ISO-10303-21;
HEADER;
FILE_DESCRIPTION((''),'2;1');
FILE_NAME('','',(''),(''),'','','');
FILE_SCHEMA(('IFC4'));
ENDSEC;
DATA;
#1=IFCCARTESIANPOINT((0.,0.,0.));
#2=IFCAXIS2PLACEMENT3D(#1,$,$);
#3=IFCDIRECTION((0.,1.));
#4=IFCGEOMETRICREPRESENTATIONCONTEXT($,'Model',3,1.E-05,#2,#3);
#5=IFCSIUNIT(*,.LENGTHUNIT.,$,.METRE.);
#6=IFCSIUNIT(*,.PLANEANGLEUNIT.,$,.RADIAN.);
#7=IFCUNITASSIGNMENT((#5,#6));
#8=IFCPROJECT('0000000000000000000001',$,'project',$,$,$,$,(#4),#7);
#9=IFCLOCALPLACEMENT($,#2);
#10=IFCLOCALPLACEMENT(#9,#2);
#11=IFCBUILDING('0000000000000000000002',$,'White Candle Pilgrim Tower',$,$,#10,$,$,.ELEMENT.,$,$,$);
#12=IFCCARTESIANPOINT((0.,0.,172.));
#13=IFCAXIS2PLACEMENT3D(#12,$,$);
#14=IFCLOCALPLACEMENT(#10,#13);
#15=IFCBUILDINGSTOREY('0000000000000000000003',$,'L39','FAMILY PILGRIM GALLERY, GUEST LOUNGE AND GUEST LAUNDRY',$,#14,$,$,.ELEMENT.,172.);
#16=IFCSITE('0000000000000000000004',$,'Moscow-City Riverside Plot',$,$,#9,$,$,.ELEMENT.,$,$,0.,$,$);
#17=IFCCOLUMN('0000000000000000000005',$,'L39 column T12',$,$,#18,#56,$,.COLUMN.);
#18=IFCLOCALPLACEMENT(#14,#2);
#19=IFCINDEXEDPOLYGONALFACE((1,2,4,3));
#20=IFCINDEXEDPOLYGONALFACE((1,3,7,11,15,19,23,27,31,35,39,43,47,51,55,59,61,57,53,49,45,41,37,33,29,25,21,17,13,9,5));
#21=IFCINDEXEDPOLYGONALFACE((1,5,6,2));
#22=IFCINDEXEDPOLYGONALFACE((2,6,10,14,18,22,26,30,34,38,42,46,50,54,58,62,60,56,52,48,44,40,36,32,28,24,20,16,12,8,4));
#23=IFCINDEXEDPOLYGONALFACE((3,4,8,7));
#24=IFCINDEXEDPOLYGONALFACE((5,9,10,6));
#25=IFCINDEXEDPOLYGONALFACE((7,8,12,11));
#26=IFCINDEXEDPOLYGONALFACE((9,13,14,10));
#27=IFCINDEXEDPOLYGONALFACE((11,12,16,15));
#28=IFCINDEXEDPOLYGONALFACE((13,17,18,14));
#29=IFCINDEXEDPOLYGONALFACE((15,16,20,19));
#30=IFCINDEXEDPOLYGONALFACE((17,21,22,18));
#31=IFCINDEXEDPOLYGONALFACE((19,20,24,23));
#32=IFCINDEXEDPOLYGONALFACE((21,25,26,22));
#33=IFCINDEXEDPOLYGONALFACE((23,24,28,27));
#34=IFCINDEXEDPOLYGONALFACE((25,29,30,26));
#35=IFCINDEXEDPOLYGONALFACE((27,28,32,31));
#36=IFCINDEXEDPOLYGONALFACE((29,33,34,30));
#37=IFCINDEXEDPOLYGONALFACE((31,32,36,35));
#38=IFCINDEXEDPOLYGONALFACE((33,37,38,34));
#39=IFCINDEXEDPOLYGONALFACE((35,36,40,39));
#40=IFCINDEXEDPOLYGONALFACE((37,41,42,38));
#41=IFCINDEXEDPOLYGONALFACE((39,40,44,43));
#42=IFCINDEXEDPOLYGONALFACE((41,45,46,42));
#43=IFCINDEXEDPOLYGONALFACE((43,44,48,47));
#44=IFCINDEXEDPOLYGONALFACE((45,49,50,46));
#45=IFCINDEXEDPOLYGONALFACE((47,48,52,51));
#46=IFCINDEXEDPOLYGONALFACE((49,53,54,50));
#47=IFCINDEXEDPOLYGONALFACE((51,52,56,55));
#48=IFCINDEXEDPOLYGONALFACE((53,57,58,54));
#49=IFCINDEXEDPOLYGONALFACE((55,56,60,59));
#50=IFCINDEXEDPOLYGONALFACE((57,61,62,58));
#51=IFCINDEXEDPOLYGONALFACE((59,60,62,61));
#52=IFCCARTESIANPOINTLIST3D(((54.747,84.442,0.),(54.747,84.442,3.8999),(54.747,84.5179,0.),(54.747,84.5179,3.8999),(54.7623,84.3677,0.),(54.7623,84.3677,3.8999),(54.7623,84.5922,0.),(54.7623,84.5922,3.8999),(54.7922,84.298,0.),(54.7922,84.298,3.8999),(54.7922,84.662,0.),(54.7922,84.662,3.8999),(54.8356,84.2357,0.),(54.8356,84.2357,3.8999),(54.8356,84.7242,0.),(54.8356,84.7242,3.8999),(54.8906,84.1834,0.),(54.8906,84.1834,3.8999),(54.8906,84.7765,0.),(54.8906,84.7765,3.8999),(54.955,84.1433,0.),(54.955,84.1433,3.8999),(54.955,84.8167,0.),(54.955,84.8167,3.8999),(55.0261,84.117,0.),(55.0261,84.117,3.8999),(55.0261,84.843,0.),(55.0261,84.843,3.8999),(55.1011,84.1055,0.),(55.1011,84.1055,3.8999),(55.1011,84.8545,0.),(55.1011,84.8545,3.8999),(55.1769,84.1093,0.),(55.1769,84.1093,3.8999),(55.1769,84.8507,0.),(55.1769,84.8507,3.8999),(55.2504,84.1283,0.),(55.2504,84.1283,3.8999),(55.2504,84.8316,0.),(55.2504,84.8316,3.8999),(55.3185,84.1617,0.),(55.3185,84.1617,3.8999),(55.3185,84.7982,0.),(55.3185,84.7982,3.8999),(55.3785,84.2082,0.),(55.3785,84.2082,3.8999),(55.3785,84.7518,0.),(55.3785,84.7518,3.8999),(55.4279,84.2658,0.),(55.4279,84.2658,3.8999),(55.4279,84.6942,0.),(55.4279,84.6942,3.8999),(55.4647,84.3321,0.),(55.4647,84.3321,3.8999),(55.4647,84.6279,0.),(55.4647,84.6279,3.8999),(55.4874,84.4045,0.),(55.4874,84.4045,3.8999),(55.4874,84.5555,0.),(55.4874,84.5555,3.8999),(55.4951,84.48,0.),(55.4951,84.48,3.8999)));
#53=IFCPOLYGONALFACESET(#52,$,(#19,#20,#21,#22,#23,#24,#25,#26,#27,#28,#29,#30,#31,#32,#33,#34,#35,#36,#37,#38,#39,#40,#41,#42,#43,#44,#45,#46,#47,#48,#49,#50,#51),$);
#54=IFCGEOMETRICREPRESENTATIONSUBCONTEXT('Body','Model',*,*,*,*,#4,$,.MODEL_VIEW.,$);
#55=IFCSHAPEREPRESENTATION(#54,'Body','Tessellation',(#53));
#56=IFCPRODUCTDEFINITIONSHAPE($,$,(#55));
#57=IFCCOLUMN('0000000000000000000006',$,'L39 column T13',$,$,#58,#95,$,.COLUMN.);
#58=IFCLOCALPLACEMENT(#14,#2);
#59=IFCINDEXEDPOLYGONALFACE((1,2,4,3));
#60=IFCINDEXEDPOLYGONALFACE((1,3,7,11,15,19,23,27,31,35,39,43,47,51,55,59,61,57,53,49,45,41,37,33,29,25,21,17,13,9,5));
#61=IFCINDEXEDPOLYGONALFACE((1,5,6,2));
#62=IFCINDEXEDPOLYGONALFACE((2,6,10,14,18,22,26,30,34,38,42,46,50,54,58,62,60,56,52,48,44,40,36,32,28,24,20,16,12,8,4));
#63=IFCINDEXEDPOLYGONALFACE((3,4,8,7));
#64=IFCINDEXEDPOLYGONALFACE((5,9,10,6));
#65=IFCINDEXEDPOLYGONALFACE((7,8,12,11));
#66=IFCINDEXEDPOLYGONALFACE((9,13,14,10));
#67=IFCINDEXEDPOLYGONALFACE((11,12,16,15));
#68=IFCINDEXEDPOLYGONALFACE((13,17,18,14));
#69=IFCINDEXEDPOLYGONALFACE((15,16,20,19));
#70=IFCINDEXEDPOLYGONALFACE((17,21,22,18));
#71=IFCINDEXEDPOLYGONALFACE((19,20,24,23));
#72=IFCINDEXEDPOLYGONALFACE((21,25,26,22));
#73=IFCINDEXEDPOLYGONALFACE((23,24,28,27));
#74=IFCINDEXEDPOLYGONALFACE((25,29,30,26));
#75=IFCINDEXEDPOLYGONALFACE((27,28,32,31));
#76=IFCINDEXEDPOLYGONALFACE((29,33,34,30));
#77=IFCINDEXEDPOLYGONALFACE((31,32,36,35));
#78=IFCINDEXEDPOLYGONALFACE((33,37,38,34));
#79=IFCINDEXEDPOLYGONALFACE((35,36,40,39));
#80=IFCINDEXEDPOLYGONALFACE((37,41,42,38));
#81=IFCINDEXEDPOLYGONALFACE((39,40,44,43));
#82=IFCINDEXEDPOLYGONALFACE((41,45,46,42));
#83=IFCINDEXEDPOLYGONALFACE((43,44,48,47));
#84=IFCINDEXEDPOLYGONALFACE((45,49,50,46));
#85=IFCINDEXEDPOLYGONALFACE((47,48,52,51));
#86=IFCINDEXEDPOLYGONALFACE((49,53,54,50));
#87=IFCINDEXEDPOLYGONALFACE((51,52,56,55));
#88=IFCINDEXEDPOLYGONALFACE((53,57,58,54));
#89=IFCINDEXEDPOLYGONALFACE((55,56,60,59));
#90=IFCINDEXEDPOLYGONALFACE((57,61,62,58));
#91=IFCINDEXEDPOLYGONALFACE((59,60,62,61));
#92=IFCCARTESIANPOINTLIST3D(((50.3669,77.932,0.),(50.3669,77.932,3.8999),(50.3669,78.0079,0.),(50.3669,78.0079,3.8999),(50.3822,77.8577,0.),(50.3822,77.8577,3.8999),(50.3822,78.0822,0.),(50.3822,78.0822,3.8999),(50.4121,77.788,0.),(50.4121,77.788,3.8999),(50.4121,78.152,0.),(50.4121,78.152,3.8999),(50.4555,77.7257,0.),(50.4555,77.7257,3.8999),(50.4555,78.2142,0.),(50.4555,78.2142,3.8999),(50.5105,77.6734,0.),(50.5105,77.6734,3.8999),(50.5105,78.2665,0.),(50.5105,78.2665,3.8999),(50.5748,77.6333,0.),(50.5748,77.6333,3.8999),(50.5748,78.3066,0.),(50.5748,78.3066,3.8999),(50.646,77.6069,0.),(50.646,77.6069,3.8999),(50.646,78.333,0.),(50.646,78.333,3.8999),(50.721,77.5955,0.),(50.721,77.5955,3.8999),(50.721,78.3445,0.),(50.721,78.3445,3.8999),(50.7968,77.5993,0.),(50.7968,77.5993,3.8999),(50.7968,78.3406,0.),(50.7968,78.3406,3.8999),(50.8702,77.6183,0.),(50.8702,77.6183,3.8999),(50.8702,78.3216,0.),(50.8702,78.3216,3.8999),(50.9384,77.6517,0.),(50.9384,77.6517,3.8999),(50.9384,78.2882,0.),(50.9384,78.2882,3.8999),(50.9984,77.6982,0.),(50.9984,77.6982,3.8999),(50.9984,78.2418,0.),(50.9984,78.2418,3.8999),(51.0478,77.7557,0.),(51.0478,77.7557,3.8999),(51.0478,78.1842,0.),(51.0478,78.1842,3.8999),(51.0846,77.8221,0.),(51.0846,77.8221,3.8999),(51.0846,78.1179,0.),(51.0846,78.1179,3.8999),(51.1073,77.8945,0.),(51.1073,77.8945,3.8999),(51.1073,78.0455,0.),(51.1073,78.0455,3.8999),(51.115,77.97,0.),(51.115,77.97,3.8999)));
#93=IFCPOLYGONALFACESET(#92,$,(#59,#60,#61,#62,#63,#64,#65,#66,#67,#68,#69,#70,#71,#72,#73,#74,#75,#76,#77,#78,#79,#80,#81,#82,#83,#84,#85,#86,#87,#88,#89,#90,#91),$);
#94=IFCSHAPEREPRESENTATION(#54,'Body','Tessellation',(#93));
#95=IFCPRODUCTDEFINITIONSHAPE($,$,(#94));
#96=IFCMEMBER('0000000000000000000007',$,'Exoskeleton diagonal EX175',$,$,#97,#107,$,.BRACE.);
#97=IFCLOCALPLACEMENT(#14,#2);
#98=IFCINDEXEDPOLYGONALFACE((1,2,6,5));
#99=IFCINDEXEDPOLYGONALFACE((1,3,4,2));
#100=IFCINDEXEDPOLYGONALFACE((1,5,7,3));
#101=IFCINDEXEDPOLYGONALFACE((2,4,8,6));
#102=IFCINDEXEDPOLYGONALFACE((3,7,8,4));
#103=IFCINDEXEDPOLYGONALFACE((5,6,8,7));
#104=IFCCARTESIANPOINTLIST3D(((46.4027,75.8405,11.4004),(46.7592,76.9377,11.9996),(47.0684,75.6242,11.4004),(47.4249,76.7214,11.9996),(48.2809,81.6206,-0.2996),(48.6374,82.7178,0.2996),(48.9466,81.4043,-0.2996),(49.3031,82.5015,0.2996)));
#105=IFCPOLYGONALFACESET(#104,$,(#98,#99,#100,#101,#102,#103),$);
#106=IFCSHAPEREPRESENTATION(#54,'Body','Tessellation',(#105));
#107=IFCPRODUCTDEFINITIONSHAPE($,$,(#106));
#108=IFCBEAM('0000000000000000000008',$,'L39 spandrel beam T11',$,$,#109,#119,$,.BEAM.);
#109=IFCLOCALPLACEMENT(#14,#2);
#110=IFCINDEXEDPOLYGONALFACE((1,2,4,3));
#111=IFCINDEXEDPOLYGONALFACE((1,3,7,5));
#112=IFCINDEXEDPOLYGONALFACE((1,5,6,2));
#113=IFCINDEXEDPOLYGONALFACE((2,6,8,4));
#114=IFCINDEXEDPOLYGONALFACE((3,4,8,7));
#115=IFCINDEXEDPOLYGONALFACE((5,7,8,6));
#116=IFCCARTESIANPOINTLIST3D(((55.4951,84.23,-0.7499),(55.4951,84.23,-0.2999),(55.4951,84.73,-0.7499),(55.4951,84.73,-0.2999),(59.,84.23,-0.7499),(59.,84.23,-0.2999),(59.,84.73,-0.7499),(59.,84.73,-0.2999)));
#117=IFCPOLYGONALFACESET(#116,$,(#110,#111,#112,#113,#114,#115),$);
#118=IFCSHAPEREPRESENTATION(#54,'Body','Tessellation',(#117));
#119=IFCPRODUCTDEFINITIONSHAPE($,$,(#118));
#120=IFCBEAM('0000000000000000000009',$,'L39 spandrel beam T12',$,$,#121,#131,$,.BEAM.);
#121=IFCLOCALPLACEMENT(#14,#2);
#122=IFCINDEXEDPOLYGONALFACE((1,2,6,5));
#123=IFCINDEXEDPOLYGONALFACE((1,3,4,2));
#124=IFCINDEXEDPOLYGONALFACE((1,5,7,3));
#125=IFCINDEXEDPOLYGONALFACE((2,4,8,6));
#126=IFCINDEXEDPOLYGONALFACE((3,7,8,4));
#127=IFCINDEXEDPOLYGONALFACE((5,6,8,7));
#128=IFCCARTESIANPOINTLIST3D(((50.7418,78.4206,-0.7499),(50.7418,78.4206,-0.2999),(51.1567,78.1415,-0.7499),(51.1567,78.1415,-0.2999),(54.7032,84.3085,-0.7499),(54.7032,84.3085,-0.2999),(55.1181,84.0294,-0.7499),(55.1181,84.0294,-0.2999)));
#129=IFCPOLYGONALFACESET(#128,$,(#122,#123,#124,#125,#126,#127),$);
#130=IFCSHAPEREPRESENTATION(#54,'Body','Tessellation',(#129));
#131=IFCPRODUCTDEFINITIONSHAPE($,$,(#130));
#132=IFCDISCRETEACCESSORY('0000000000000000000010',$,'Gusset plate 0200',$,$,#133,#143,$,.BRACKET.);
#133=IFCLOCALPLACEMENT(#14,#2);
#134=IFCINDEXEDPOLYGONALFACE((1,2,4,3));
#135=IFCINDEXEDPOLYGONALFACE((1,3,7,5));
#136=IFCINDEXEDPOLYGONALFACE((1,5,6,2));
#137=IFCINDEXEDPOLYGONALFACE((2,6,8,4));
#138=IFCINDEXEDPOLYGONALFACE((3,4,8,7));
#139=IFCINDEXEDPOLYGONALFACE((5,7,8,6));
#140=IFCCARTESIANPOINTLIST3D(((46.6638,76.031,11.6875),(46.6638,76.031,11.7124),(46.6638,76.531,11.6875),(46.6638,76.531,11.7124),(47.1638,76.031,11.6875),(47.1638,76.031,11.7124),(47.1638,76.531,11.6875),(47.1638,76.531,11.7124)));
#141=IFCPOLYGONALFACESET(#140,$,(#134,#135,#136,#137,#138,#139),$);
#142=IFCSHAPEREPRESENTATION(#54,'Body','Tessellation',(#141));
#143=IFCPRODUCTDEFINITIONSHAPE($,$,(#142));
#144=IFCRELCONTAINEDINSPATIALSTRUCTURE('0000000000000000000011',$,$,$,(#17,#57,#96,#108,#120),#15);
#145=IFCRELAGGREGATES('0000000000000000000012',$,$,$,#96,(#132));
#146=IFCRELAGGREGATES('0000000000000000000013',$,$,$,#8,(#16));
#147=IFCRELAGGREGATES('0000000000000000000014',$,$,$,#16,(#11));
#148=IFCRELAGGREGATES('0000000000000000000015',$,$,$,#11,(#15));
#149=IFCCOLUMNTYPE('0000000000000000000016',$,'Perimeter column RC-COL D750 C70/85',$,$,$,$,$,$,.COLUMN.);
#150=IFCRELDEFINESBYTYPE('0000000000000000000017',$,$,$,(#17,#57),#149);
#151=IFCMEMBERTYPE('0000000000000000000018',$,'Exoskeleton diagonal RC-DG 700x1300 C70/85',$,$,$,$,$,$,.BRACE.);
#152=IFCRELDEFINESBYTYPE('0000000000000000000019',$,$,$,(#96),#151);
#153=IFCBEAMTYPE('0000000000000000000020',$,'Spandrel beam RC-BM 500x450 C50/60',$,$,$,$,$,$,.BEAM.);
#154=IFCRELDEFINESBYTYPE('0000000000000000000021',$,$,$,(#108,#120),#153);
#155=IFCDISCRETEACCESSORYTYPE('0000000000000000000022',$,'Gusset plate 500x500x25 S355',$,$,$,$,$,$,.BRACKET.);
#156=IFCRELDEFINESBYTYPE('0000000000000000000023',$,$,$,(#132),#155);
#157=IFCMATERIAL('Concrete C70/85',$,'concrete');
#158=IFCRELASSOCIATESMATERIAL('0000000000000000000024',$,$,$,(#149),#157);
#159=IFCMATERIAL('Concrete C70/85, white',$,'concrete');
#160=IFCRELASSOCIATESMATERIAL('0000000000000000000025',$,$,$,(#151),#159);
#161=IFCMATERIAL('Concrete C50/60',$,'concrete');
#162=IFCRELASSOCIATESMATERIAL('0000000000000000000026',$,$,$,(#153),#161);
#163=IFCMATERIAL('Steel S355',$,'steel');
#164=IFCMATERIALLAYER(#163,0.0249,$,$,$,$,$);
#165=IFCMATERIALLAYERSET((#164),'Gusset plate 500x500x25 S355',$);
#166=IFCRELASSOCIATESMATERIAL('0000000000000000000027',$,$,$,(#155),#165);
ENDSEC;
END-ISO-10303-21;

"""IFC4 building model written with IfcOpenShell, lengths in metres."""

from ifc_helpers import new_model, si_unit, direction, frame, origin, origin_2d, place, context, subcontext, project, spatial, rectangle, circle, extrude, material, layer, layer_set, material_profile, profile_set, type_object, element, aggregate, save


model = new_model("IFC4")

# Units and contexts
model_context = context("Model", 3, precision=1e-05, world=origin(), true_north=direction((0.0, 1.0)))
body_context = subcontext(model_context, "Body", "Model", "MODEL_VIEW")
ifc_project = project(units=[si_unit("LENGTHUNIT", "METRE"), si_unit("PLANEANGLEUNIT", "RADIAN")], contexts=[model_context])

# Site, building, storey
site_placement = place(None, origin())
site = spatial("IfcSite", under=ifc_project, at=site_placement, Name="Moscow-City Riverside Plot", CompositionType="ELEMENT", RefElevation=0.0)
building_placement = place(site_placement, origin())
building = spatial("IfcBuilding", under=site, at=building_placement, Name="White Candle Pilgrim Tower", CompositionType="ELEMENT")
storey_placement = place(building_placement, frame((0.0, 0.0, 172.0)))
storey = spatial("IfcBuildingStorey", under=building, at=storey_placement, Name="L39", Description="FAMILY PILGRIM GALLERY, GUEST LOUNGE AND GUEST LAUNDRY", CompositionType="ELEMENT", Elevation=172.0)

# Columns
ifc_material_1 = material(Name="Concrete C70/85", Category="concrete")
ifc_material_profile_1 = material_profile(ifc_material_1, circle(Radius=0.375, at=origin_2d()), Name="RC-COL D750")
ifc_profile_set_1 = profile_set([ifc_material_profile_1], Name="Concrete C70/85")
column_type = type_object("IfcColumnType", Name="Perimeter column RC-COL D750 C70/85", PredefinedType="COLUMN", material=ifc_profile_set_1)
for number, where, z_axis, x_axis, name in (
    (1, (55.1201, 84.48, 0.0), (0.0, 0.0, 1.0), (1.0, 0.0, 0.0), "L39 column T12"),
    (2, (50.74, 77.97, 0.0), (0.0, 0.0, 1.0), (1.0, 0.0, 0.0), "L39 column T13"),
):
    element("IfcColumn", number, at=place(storey_placement, frame(where, z_axis=z_axis, x_axis=x_axis)), inside=storey, type_object=column_type, Name=name, PredefinedType="COLUMN", context=body_context, shape_type="SweptSolid", body=[
        extrude(circle(Radius=0.375, at=origin_2d()), origin(), (0.0, 0.0, 1.0), 3.8999),
    ])

# Member
ifc_material_2 = material(Name="Concrete C70/85, white", Category="concrete")
ifc_material_profile_2 = material_profile(ifc_material_2, rectangle(XDim=0.7, YDim=1.3, at=origin_2d()), Name="RC-DG 700x1300")
ifc_profile_set_2 = profile_set([ifc_material_profile_2], Name="Concrete C70/85, white")
member_type = type_object("IfcMemberType", Name="Exoskeleton diagonal RC-DG 700x1300 C70/85", PredefinedType="BRACE", material=ifc_profile_set_2)
member_placement = place(storey_placement, frame((48.792, 82.061, 0.0), z_axis=(-0.142456, -0.438403, 0.887417), x_axis=(0.95105, -0.309036, 0.0)))
member = element("IfcMember", 3, at=member_placement, inside=storey, type_object=member_type, Name="Exoskeleton diagonal EX175", PredefinedType="BRACE", context=body_context, shape_type="SweptSolid", body=[
    extrude(rectangle(XDim=0.7, YDim=1.3, at=origin_2d()), origin(), (0.0, 0.0, 1.0), 13.1843),
])

# Beams
ifc_material_3 = material(Name="Concrete C50/60", Category="concrete")
ifc_material_profile_3 = material_profile(ifc_material_3, rectangle(XDim=0.5, YDim=0.45, at=origin_2d()), Name="RC-BM 500x450")
ifc_profile_set_3 = profile_set([ifc_material_profile_3], Name="Concrete C50/60")
beam_type = type_object("IfcBeamType", Name="Spandrel beam RC-BM 500x450 C50/60", PredefinedType="BEAM", material=ifc_profile_set_3)
beam_1_placement = place(storey_placement, frame((55.4951, 84.48, -0.5249), z_axis=(1.0, 0.0, 0.0), x_axis=(0.0, 1.0, 0.0)))
element("IfcBeam", 4, at=beam_1_placement, inside=storey, type_object=beam_type, Name="L39 spandrel beam T11", PredefinedType="BEAM", context=body_context, shape_type="SweptSolid", body=[
    extrude(rectangle(XDim=0.5, YDim=0.45, at=origin_2d()), origin(), (0.0, 0.0, 1.0), 3.5049),
])
beam_2_placement = place(storey_placement, frame((54.9106, 84.1689, -0.5249), z_axis=(-0.55822, -0.829693, 0.0), x_axis=(0.829693, -0.55822, 0.0)))
element("IfcBeam", 5, at=beam_2_placement, inside=storey, type_object=beam_type, Name="L39 spandrel beam T12", PredefinedType="BEAM", context=body_context, shape_type="SweptSolid", body=[
    extrude(rectangle(XDim=0.5, YDim=0.45, at=origin_2d()), origin(), (0.0, 0.0, 1.0), 7.0964),
])

# Discrete accessory
ifc_material_4 = material(Name="Steel S355", Category="steel")
ifc_layer_1 = layer(ifc_material_4, 0.0249)
ifc_layer_set_1 = layer_set([ifc_layer_1], Name="Gusset plate 500x500x25 S355")
discrete_accessory_type = type_object("IfcDiscreteAccessoryType", Name="Gusset plate 500x500x25 S355", PredefinedType="BRACKET", material=ifc_layer_set_1)
placement = place(building_placement, frame((0.0, 0.0, 183.7)))
discrete_accessory_placement = place(placement, frame((46.9138, 76.281, -0.0125), z_axis=(0.0, 0.0, 1.0), x_axis=(1.0, 0.0, 0.0)))
discrete_accessory = element("IfcDiscreteAccessory", 6, at=discrete_accessory_placement, type_object=discrete_accessory_type, Name="Gusset plate 0200", PredefinedType="BRACKET", context=body_context, shape_type="SweptSolid", body=[
    extrude(rectangle(XDim=0.5, YDim=0.5, at=origin_2d()), origin(), (0.0, 0.0, 1.0), 0.0249),
])
aggregate(member, [discrete_accessory])

save(model, "model.ifc")
